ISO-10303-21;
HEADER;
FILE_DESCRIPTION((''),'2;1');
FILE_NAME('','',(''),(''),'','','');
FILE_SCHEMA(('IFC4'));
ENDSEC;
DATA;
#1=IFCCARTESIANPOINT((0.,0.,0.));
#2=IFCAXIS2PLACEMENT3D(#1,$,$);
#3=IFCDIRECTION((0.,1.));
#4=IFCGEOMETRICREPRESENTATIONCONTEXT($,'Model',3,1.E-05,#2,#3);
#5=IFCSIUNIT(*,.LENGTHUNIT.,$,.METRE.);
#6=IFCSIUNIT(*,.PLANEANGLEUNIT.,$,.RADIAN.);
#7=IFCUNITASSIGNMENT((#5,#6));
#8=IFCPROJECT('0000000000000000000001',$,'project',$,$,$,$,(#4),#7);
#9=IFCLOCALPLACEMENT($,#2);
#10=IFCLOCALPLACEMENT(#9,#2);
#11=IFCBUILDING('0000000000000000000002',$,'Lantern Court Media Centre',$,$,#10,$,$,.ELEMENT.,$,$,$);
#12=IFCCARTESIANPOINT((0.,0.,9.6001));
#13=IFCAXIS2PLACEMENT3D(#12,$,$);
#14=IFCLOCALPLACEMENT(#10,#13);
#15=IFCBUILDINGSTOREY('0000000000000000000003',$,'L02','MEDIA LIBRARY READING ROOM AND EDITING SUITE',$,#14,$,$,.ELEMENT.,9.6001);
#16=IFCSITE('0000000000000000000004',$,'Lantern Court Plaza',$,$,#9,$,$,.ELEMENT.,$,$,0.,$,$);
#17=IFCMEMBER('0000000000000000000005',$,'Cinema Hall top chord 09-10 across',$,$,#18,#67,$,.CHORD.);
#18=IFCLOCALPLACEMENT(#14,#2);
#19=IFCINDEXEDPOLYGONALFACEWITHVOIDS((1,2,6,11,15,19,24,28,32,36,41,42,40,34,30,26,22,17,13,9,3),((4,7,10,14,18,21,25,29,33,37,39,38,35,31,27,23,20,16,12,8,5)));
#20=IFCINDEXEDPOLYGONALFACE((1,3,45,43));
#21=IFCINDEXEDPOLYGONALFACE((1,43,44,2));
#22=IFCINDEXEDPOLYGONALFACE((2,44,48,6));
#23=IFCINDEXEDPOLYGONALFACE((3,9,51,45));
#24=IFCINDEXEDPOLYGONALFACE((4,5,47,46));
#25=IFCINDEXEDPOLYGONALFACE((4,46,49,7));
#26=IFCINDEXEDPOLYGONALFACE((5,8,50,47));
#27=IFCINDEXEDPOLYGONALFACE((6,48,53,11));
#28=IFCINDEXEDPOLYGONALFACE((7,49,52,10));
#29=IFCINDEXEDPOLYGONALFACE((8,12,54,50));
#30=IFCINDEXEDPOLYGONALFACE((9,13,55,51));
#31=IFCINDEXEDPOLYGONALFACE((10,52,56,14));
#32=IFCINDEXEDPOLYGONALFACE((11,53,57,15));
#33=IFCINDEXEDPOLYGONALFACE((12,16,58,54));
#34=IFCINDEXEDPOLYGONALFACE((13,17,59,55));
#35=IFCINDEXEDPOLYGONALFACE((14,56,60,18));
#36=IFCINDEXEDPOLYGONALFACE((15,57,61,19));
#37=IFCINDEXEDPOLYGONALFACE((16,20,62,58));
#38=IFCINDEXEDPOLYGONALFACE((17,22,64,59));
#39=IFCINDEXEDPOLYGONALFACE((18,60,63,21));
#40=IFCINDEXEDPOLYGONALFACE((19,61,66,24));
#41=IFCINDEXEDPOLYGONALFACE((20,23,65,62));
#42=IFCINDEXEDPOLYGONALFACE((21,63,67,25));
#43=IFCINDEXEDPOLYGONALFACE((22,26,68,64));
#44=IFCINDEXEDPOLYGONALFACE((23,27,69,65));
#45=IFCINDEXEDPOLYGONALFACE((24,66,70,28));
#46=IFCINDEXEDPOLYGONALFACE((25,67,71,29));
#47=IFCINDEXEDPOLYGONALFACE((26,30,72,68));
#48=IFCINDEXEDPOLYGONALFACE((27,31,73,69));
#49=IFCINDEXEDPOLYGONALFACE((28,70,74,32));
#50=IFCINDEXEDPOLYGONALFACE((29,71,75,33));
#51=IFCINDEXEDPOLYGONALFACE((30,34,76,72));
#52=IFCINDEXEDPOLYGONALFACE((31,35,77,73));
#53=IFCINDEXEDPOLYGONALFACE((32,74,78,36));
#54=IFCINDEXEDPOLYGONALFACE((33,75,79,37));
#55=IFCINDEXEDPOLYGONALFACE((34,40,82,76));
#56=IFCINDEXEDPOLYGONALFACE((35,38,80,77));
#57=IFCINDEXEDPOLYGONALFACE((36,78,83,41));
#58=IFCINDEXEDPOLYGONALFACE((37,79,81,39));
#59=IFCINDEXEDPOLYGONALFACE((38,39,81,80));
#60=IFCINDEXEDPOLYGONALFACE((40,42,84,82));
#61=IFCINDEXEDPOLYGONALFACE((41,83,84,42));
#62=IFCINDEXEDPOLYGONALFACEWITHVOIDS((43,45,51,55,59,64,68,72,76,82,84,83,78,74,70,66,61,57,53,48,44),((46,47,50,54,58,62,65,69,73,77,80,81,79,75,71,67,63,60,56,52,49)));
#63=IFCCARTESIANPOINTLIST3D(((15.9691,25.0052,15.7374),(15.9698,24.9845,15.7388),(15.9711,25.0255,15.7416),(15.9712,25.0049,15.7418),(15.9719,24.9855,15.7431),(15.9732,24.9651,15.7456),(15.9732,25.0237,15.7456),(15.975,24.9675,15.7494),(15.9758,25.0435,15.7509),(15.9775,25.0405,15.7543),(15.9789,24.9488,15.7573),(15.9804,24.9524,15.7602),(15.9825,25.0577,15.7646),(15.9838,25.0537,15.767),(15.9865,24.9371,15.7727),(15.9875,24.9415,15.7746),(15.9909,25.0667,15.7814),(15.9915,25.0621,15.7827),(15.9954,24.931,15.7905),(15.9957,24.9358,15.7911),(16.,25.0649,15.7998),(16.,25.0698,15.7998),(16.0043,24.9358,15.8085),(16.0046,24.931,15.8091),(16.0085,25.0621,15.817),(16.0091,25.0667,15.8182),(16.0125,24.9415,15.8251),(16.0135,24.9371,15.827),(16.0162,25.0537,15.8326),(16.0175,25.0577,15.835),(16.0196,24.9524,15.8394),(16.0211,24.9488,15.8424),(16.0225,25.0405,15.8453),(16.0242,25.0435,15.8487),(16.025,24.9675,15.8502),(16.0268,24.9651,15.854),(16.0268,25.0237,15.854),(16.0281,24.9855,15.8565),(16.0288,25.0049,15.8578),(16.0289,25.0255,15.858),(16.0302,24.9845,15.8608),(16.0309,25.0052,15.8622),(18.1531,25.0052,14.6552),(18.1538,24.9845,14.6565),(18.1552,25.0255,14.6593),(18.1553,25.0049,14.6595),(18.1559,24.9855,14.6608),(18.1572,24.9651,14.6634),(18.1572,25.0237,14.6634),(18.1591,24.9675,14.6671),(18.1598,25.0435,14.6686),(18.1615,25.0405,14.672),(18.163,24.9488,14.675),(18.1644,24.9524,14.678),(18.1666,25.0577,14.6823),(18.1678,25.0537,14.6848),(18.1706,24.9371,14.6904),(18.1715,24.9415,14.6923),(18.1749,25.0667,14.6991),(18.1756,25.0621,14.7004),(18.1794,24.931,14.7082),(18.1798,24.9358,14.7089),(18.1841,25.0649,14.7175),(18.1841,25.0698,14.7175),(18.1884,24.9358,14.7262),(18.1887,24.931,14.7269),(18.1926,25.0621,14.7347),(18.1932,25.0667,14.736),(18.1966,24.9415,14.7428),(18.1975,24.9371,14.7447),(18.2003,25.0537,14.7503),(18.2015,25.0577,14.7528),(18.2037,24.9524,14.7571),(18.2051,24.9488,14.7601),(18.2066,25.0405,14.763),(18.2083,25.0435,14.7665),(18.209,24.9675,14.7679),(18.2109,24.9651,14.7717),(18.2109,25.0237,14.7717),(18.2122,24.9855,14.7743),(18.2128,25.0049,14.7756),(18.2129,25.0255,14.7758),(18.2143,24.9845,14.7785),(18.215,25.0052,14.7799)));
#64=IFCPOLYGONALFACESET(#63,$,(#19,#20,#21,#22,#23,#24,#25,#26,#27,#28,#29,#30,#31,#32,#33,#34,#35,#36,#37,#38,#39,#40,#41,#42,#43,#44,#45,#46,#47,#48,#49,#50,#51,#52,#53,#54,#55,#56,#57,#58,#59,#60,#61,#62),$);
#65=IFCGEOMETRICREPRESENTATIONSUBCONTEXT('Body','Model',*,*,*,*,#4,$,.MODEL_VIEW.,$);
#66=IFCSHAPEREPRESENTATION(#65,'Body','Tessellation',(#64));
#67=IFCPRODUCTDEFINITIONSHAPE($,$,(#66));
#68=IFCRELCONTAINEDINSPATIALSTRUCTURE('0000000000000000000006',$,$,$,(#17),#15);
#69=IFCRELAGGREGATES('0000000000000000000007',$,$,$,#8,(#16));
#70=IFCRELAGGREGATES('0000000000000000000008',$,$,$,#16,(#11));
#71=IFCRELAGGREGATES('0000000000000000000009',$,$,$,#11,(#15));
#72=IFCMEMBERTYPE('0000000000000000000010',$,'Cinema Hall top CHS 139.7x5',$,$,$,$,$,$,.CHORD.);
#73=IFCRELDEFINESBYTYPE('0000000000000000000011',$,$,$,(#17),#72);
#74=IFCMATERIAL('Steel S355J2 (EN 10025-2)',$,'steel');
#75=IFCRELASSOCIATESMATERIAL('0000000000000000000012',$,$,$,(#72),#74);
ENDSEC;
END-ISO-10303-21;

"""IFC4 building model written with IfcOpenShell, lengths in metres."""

from ifc_helpers import new_model, si_unit, direction, frame, origin, origin_2d, place, context, subcontext, project, spatial, hollow_circle, extrude, material, material_profile, profile_set, type_object, element, save


model = new_model("IFC4")

# Units and contexts
model_context = context("Model", 3, precision=1e-05, world=origin(), true_north=direction((0.0, 1.0)))
body_context = subcontext(model_context, "Body", "Model", "MODEL_VIEW")
ifc_project = project(units=[si_unit("LENGTHUNIT", "METRE"), si_unit("PLANEANGLEUNIT", "RADIAN")], contexts=[model_context])

# Site, building, storey
site_placement = place(None, origin())
site = spatial("IfcSite", under=ifc_project, at=site_placement, Name="Lantern Court Plaza", CompositionType="ELEMENT", RefElevation=0.0)
building_placement = place(site_placement, origin())
building = spatial("IfcBuilding", under=site, at=building_placement, Name="Lantern Court Media Centre", CompositionType="ELEMENT")
storey_placement = place(building_placement, frame((0.0, 0.0, 9.6001)))
storey = spatial("IfcBuildingStorey", under=building, at=storey_placement, Name="L02", Description="MEDIA LIBRARY READING ROOM AND EDITING SUITE", CompositionType="ELEMENT", Elevation=9.6001)

# Member
ifc_material = material(Name="Steel S355J2 (EN 10025-2)", Category="steel")
ifc_material_profile_1 = material_profile(ifc_material, hollow_circle(Radius=0.0698, WallThickness=0.0049, at=origin_2d()), Name="Cinema Hall top CHS 139.7x5")
ifc_profile_set_1 = profile_set([ifc_material_profile_1], Name="Steel S355J2 (EN 10025-2)")
member_type_1 = type_object("IfcMemberType", Name="Cinema Hall top CHS 139.7x5", PredefinedType="CHORD", material=ifc_profile_set_1)
for number, where, z_axis, x_axis, name in (
    (1, (16.0, 25.0, 15.7998), (0.896024, 0.0, -0.444006), (0.0, 1.0, 0.0), "Cinema Hall top chord 09-10 across"),
):
    element("IfcMember", number, at=place(storey_placement, frame(where, z_axis=z_axis, x_axis=x_axis)), inside=storey, type_object=member_type_1, Name=name, PredefinedType="CHORD", context=body_context, shape_type="SweptSolid", body=[
        extrude(hollow_circle(Radius=0.0698, WallThickness=0.0049, at=origin_2d()), origin(), (0.0, 0.0, 1.0), 2.4375),
    ])

save(model, "model.ifc")
